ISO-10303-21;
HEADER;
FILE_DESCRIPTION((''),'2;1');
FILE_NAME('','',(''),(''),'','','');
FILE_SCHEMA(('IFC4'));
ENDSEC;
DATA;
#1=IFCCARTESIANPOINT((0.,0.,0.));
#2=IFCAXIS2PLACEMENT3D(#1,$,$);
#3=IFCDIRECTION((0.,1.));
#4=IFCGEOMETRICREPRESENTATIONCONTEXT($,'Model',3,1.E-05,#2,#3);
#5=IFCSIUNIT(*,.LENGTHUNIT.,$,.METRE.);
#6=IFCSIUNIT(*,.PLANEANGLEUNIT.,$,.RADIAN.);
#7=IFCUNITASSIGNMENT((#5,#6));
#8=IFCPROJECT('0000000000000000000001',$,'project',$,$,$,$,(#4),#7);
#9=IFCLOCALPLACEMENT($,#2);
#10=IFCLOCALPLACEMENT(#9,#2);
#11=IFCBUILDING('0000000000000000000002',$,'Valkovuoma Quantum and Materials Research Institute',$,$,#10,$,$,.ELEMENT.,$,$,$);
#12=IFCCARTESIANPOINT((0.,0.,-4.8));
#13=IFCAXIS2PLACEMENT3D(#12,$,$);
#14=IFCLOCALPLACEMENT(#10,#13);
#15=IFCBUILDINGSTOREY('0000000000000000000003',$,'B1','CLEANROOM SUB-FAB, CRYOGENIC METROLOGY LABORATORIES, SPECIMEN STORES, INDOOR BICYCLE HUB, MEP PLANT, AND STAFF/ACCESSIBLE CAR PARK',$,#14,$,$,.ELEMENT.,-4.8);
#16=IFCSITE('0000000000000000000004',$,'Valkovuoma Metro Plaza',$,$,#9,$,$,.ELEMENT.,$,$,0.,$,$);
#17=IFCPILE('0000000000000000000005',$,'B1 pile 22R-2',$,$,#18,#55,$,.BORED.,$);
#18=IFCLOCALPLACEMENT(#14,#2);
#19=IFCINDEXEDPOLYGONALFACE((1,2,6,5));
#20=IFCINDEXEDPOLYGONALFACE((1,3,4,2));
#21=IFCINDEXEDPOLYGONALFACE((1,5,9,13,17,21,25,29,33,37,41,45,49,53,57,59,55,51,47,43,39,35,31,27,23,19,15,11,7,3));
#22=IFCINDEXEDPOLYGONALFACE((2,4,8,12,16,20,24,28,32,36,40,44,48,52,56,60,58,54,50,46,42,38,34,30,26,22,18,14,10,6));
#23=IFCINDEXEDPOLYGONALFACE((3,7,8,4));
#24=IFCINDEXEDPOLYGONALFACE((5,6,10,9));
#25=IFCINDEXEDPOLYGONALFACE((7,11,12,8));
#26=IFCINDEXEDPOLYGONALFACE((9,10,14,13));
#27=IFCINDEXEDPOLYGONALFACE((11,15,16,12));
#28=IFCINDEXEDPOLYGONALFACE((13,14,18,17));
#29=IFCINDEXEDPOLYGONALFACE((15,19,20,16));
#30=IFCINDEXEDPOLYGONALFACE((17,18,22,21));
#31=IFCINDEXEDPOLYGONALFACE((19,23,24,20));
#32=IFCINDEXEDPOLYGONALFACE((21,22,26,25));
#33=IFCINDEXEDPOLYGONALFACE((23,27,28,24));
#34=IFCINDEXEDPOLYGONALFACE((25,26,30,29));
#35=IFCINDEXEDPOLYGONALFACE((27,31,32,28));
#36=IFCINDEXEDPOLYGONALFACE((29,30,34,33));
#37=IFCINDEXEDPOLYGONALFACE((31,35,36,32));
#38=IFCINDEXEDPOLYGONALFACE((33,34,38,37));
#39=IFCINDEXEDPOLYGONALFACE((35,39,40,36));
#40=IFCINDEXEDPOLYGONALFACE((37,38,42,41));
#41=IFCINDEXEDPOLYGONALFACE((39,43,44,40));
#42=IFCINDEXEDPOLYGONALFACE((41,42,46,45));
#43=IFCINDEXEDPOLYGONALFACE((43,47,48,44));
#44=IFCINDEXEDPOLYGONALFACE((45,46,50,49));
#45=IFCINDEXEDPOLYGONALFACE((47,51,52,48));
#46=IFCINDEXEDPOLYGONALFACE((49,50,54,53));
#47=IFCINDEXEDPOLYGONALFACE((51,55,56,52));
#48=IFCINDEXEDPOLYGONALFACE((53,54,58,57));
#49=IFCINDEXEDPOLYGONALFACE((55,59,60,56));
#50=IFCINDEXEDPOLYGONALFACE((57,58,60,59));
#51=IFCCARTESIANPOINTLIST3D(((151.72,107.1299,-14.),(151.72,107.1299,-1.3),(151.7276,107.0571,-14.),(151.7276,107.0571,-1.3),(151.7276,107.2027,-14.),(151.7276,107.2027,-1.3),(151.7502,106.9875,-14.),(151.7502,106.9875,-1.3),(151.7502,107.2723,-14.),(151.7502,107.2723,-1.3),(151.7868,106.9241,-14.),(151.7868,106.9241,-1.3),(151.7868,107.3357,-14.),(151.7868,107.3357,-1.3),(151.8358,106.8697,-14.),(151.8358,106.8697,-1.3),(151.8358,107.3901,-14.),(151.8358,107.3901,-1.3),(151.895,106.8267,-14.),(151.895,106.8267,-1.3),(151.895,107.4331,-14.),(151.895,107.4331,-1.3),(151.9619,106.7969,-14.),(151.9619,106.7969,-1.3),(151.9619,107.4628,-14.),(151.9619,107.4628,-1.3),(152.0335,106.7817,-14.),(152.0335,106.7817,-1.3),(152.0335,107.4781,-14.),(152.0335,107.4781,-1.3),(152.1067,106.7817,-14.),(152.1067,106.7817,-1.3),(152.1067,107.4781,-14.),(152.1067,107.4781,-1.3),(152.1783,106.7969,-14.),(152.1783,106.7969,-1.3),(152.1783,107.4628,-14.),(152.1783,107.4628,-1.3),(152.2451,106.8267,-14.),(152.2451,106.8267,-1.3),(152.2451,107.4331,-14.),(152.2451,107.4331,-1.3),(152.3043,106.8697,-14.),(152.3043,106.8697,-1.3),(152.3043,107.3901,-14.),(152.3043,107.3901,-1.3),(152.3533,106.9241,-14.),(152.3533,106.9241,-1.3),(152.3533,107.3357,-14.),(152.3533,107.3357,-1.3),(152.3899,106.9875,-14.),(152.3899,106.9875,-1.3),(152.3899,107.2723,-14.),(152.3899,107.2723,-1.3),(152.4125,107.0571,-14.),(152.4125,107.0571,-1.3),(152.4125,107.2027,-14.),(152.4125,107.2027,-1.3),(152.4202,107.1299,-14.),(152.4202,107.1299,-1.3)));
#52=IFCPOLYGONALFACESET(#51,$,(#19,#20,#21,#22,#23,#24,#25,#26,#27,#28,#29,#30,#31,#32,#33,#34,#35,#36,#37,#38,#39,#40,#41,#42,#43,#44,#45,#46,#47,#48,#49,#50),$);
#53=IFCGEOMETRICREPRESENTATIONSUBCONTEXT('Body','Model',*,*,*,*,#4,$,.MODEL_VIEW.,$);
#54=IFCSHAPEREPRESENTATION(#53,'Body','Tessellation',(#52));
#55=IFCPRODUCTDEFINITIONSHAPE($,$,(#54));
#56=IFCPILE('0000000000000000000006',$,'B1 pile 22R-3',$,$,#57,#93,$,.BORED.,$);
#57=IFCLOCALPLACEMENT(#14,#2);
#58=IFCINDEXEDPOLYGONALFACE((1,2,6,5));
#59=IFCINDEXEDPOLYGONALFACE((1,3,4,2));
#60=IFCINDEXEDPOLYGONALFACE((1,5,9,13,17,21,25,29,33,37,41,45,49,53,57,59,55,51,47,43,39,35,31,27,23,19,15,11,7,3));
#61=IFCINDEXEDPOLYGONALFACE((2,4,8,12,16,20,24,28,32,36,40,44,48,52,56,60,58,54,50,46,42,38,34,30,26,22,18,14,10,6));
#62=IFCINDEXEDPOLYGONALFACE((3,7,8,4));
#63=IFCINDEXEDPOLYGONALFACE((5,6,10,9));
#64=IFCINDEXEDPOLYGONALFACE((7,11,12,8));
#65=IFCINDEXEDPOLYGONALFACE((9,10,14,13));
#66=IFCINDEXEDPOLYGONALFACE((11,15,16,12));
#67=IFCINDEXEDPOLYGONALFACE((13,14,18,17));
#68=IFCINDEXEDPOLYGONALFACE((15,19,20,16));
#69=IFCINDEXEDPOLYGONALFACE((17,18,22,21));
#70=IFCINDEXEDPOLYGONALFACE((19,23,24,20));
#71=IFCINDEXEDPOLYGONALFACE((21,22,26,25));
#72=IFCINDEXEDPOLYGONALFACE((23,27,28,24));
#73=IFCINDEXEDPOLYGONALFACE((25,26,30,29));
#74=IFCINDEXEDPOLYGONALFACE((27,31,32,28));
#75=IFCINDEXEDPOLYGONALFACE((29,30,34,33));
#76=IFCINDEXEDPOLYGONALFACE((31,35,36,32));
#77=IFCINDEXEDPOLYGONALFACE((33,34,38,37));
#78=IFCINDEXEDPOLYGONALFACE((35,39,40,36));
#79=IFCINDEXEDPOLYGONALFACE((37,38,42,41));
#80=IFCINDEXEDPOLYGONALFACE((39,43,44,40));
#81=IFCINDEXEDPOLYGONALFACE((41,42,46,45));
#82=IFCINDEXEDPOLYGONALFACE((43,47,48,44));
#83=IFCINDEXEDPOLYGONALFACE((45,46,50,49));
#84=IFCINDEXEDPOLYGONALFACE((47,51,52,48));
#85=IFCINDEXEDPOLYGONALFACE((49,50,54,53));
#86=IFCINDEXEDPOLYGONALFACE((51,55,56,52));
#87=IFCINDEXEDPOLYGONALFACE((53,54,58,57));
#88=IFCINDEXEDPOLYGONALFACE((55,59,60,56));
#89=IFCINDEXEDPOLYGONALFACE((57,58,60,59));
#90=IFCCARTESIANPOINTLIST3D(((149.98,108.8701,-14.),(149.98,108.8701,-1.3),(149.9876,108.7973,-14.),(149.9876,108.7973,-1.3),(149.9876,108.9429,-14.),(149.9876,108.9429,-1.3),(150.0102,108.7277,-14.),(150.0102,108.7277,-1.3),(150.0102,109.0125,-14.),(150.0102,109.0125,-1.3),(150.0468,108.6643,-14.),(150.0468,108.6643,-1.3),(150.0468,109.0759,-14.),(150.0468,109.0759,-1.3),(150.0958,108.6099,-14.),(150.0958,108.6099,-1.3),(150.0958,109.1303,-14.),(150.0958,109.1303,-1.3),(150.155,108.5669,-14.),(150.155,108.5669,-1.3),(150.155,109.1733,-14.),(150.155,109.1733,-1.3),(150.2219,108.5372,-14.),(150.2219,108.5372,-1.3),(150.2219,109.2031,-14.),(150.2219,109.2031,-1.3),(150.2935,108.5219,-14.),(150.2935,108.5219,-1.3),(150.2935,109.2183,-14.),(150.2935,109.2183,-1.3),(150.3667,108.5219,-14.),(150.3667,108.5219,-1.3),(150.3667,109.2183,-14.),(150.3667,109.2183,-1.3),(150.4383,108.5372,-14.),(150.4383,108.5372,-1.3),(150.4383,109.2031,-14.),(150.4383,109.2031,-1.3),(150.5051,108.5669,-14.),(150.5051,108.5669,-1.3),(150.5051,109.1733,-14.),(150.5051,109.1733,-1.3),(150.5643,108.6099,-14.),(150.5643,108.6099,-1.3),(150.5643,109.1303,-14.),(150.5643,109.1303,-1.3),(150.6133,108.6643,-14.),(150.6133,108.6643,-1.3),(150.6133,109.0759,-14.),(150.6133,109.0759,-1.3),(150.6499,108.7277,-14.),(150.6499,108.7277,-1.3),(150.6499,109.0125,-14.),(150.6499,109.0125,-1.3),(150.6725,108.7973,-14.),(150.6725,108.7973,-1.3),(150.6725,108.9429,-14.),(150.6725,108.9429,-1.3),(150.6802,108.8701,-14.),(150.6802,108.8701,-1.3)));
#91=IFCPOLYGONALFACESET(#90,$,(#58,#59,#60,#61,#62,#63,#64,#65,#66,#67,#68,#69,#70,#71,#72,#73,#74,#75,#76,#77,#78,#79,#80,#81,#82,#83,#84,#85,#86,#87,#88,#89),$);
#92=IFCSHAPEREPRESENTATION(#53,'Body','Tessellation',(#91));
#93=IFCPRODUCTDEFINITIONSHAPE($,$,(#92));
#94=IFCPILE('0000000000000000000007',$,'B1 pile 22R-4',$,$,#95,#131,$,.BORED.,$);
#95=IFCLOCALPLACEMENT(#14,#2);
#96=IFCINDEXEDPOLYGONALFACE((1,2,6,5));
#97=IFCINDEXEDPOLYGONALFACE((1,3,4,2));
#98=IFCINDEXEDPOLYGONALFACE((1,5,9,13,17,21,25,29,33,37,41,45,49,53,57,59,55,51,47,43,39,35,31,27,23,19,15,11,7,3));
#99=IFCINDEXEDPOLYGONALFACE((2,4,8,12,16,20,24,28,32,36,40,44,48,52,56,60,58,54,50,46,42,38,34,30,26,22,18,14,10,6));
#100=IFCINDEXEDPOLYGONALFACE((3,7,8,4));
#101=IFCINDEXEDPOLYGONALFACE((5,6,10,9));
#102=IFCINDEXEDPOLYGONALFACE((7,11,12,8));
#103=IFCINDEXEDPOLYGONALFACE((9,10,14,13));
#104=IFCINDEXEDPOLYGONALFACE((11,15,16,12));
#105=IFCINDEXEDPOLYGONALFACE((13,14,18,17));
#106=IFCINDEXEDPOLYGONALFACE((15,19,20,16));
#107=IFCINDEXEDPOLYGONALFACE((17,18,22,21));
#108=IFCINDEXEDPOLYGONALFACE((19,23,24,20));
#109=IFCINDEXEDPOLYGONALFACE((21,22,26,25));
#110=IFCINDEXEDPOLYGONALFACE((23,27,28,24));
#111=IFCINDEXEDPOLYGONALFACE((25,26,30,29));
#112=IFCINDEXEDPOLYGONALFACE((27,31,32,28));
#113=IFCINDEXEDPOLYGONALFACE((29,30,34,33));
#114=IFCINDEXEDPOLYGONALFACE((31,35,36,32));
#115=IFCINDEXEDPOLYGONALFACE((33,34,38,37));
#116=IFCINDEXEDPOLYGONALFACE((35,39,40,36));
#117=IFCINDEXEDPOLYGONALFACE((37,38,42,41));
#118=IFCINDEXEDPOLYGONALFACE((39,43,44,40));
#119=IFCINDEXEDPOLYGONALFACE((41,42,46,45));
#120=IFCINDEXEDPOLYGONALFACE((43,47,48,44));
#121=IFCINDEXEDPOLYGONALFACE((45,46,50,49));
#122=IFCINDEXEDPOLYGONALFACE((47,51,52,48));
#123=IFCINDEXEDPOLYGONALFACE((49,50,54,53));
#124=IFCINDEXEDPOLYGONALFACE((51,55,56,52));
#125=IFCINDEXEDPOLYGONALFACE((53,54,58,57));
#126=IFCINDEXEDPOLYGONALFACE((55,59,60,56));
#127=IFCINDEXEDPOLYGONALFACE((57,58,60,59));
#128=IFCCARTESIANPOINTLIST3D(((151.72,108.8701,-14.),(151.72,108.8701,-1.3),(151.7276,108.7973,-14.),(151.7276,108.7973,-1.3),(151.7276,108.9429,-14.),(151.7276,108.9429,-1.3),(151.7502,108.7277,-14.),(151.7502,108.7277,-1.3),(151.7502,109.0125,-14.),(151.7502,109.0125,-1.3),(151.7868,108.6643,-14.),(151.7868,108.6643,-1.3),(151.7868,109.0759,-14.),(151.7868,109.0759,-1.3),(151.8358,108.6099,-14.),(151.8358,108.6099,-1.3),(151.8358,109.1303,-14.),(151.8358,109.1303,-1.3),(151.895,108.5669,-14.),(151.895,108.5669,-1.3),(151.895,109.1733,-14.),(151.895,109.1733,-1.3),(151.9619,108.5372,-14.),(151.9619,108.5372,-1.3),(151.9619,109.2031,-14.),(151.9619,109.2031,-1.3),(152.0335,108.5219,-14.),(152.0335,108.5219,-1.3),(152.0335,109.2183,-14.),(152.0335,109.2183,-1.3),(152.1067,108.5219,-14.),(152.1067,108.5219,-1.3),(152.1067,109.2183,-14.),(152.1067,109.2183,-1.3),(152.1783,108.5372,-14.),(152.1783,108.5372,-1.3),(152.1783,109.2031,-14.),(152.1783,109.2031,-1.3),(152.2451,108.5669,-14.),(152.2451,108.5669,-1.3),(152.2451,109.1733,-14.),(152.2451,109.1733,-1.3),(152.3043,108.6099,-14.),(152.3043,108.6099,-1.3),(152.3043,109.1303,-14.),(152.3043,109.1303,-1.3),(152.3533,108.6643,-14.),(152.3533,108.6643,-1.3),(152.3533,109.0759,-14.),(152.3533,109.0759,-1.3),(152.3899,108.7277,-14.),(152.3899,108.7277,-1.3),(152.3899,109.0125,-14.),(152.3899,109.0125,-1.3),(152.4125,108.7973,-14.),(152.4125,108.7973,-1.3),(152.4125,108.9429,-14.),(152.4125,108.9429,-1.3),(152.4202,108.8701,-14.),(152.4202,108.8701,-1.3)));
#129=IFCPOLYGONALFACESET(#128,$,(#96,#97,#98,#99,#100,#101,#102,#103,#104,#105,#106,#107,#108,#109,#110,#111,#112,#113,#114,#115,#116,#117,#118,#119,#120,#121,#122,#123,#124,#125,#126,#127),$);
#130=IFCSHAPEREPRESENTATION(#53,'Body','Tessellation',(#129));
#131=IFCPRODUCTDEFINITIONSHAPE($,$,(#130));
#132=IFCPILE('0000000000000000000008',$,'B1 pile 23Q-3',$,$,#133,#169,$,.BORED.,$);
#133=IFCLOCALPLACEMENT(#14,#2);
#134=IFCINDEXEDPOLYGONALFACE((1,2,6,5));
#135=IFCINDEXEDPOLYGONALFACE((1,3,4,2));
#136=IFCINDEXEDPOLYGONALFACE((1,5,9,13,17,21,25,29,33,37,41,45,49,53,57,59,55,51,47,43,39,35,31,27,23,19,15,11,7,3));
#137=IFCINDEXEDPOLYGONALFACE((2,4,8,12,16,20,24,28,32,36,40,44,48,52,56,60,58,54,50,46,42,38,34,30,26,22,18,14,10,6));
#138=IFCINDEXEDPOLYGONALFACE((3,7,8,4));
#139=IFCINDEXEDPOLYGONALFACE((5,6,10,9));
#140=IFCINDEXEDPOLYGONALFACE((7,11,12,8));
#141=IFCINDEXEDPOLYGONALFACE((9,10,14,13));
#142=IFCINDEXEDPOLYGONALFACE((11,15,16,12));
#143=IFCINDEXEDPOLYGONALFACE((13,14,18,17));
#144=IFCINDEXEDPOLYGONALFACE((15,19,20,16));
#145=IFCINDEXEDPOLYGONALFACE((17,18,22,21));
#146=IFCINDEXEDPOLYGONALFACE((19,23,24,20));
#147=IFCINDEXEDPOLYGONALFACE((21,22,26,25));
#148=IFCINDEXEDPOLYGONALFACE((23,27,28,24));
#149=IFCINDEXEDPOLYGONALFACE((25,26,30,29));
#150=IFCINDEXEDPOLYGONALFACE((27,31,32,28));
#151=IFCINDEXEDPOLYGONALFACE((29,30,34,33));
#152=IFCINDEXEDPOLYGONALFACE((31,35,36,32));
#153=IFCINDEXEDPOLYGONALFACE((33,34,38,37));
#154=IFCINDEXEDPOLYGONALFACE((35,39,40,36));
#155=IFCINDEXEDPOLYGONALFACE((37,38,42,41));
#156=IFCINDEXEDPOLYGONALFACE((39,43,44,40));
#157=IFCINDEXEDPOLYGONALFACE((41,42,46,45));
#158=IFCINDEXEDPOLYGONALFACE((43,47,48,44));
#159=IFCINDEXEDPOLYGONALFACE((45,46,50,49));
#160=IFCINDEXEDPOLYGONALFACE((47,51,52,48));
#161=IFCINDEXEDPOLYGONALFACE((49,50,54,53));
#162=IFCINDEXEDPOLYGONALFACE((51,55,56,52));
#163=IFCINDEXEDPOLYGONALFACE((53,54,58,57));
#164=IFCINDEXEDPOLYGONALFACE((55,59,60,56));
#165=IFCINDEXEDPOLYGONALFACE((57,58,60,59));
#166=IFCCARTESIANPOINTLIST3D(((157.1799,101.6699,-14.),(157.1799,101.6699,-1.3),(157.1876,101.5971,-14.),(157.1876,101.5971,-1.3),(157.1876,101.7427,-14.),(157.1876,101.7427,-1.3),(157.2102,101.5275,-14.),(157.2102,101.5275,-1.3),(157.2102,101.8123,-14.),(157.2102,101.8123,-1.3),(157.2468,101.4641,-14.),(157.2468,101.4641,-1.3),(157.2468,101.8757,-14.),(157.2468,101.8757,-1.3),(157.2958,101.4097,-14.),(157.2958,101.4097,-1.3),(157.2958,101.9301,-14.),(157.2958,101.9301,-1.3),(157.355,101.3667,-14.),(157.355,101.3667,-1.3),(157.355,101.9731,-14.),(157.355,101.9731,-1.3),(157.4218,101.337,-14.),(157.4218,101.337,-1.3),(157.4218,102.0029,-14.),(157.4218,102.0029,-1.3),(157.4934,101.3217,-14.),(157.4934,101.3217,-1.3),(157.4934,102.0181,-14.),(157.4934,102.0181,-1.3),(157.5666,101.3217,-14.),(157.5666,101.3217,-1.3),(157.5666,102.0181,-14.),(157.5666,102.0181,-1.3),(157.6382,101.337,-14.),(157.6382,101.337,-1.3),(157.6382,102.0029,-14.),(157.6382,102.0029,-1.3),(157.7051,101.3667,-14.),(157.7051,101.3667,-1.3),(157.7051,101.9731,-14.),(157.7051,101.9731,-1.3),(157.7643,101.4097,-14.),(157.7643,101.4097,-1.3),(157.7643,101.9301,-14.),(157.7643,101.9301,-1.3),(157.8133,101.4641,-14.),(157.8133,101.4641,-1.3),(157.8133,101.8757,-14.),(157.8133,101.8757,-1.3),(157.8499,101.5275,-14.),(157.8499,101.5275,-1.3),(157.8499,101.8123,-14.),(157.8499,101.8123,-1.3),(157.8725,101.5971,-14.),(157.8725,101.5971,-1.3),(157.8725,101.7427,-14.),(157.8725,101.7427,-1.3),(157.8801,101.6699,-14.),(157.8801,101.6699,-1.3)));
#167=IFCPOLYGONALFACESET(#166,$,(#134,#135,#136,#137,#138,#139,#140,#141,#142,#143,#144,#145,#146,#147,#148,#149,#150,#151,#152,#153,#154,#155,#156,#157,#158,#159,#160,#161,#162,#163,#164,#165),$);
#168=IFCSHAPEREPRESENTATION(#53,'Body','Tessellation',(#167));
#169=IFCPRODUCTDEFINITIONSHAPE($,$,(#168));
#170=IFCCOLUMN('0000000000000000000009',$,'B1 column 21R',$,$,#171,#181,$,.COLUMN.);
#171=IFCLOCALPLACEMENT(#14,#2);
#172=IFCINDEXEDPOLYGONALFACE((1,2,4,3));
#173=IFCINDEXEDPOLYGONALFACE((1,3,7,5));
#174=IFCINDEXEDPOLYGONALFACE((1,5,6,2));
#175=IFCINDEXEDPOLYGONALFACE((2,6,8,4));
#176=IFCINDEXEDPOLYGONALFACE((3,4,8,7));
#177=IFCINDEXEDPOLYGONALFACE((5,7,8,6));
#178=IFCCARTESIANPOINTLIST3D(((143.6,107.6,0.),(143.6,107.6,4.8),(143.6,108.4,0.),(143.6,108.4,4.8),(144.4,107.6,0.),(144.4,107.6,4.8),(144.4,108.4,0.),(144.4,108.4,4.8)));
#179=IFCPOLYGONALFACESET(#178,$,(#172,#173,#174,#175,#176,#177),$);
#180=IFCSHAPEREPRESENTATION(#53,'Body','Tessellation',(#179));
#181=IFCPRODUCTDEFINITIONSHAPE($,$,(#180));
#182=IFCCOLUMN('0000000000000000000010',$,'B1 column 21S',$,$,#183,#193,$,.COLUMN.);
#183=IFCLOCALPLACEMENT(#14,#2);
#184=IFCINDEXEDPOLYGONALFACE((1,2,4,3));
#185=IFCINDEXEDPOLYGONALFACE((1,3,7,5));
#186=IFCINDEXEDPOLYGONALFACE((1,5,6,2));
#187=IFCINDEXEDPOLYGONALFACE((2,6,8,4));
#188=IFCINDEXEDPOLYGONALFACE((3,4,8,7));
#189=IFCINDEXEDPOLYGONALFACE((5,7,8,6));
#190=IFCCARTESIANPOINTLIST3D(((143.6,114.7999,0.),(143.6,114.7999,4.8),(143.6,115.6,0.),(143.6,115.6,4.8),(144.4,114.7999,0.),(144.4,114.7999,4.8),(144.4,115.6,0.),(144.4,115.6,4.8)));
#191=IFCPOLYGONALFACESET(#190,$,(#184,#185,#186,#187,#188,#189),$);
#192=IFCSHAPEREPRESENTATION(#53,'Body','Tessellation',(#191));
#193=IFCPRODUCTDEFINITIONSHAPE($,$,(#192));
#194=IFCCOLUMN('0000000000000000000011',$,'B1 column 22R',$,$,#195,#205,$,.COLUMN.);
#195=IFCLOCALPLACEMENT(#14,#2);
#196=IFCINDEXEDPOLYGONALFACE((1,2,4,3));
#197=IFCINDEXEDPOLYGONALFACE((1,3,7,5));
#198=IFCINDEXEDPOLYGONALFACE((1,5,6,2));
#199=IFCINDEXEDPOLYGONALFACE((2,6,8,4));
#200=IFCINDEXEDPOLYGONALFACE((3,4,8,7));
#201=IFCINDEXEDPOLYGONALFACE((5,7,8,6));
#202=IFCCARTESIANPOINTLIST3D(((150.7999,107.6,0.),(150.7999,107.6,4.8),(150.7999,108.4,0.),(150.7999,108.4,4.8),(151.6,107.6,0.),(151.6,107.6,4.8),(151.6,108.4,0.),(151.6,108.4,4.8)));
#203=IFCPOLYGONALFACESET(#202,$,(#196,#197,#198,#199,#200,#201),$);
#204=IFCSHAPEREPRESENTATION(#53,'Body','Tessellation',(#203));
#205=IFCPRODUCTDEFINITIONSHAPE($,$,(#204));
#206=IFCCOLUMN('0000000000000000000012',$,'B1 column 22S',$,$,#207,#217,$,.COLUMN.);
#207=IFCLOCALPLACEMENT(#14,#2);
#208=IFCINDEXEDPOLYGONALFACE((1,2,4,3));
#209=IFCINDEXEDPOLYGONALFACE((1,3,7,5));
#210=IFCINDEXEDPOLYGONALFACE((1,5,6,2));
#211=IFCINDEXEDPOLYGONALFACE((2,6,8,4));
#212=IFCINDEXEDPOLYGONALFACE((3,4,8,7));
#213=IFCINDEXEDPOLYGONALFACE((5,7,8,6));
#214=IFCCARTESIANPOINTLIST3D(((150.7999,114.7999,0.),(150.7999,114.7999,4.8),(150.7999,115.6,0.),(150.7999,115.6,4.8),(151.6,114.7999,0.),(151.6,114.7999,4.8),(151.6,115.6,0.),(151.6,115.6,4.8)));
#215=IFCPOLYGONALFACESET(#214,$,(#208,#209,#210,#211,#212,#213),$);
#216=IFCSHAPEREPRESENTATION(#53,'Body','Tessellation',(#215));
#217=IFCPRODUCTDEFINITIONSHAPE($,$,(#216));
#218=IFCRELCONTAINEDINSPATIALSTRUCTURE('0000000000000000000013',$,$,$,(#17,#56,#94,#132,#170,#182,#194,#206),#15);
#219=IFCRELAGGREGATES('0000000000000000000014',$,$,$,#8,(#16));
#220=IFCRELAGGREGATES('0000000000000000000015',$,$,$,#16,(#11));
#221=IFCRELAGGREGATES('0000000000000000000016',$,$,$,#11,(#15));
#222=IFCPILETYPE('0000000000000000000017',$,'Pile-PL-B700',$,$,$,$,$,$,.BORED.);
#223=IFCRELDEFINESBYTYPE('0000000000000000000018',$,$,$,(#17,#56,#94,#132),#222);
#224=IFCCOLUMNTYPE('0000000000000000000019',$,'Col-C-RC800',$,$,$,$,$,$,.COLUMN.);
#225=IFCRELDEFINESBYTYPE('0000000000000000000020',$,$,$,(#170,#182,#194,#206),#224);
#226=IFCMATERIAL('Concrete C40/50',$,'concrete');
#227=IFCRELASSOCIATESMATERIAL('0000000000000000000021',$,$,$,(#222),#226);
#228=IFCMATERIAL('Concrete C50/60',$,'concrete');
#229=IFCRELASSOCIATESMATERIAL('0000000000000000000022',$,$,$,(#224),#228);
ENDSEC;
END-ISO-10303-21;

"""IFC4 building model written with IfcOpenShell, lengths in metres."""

from ifc_helpers import new_model, si_unit, direction, frame, origin, origin_2d, place, context, subcontext, project, spatial, rectangle, circle, extrude, material, material_profile, profile_set, type_object, element, save


model = new_model("IFC4")

# Units and contexts
model_context = context("Model", 3, precision=1e-05, world=origin(), true_north=direction((0.0, 1.0)))
body_context = subcontext(model_context, "Body", "Model", "MODEL_VIEW")
ifc_project = project(units=[si_unit("LENGTHUNIT", "METRE"), si_unit("PLANEANGLEUNIT", "RADIAN")], contexts=[model_context])

# Site, building, storey
site_placement = place(None, origin())
site = spatial("IfcSite", under=ifc_project, at=site_placement, Name="Valkovuoma Metro Plaza", CompositionType="ELEMENT", RefElevation=0.0)
building_placement = place(site_placement, origin())
building = spatial("IfcBuilding", under=site, at=building_placement, Name="Valkovuoma Quantum and Materials Research Institute", CompositionType="ELEMENT")
storey_placement = place(building_placement, frame((0.0, 0.0, -4.8)))
storey = spatial("IfcBuildingStorey", under=building, at=storey_placement, Name="B1", Description="CLEANROOM SUB-FAB, CRYOGENIC METROLOGY LABORATORIES, SPECIMEN STORES, INDOOR BICYCLE HUB, MEP PLANT, AND STAFF/ACCESSIBLE CAR PARK", CompositionType="ELEMENT", Elevation=-4.8)

# Piles
ifc_material_1 = material(Name="Concrete C40/50", Category="concrete")
ifc_material_profile_1 = material_profile(ifc_material_1, circle(Radius=0.3501, at=origin_2d()), Name="Concrete C40/50")
ifc_profile_set_1 = profile_set([ifc_material_profile_1], Name="Concrete C40/50")
pile_type_1 = type_object("IfcPileType", Name="Pile-PL-B700", PredefinedType="BORED", material=ifc_profile_set_1)
for number, where, z_axis, x_axis, name in (
    (1, (152.0701, 107.1299, -1.3), (0.0, 0.0, -1.0), (1.0, 0.0, 0.0), "B1 pile 22R-2"),
    (2, (150.3301, 108.8701, -1.3), (0.0, 0.0, -1.0), (1.0, 0.0, 0.0), "B1 pile 22R-3"),
    (3, (152.0701, 108.8701, -1.3), (0.0, 0.0, -1.0), (1.0, 0.0, 0.0), "B1 pile 22R-4"),
    (4, (157.53, 101.6699, -1.3), (0.0, 0.0, -1.0), (1.0, 0.0, 0.0), "B1 pile 23Q-3"),
):
    element("IfcPile", number, at=place(storey_placement, frame(where, z_axis=z_axis, x_axis=x_axis)), inside=storey, type_object=pile_type_1, Name=name, PredefinedType="BORED", context=body_context, shape_type="SweptSolid", body=[
        extrude(circle(Radius=0.3501, at=origin_2d()), origin(), (0.0, 0.0, 1.0), 12.7),
    ])

# Columns
ifc_material_2 = material(Name="Concrete C50/60", Category="concrete")
ifc_material_profile_2 = material_profile(ifc_material_2, rectangle(XDim=0.8, YDim=0.8, at=origin_2d()), Name="Concrete C50/60")
ifc_profile_set_2 = profile_set([ifc_material_profile_2], Name="Concrete C50/60")
column_type = type_object("IfcColumnType", Name="Col-C-RC800", PredefinedType="COLUMN", material=ifc_profile_set_2)
for number, where, z_axis, x_axis, name in (
    (5, (144.0, 108.0, 0.0), (0.0, 0.0, 1.0), (1.0, 0.0, 0.0), "B1 column 21R"),
    (6, (144.0, 115.2, 0.0), (0.0, 0.0, 1.0), (1.0, 0.0, 0.0), "B1 column 21S"),
    (7, (151.2, 108.0, 0.0), (0.0, 0.0, 1.0), (1.0, 0.0, 0.0), "B1 column 22R"),
    (8, (151.2, 115.2, 0.0), (0.0, 0.0, 1.0), (1.0, 0.0, 0.0), "B1 column 22S"),
):
    element("IfcColumn", number, at=place(storey_placement, frame(where, z_axis=z_axis, x_axis=x_axis)), inside=storey, type_object=column_type, Name=name, PredefinedType="COLUMN", context=body_context, shape_type="SweptSolid", body=[
        extrude(rectangle(XDim=0.8, YDim=0.8, at=origin_2d()), origin(), (0.0, 0.0, 1.0), 4.8),
    ])

save(model, "model.ifc")
